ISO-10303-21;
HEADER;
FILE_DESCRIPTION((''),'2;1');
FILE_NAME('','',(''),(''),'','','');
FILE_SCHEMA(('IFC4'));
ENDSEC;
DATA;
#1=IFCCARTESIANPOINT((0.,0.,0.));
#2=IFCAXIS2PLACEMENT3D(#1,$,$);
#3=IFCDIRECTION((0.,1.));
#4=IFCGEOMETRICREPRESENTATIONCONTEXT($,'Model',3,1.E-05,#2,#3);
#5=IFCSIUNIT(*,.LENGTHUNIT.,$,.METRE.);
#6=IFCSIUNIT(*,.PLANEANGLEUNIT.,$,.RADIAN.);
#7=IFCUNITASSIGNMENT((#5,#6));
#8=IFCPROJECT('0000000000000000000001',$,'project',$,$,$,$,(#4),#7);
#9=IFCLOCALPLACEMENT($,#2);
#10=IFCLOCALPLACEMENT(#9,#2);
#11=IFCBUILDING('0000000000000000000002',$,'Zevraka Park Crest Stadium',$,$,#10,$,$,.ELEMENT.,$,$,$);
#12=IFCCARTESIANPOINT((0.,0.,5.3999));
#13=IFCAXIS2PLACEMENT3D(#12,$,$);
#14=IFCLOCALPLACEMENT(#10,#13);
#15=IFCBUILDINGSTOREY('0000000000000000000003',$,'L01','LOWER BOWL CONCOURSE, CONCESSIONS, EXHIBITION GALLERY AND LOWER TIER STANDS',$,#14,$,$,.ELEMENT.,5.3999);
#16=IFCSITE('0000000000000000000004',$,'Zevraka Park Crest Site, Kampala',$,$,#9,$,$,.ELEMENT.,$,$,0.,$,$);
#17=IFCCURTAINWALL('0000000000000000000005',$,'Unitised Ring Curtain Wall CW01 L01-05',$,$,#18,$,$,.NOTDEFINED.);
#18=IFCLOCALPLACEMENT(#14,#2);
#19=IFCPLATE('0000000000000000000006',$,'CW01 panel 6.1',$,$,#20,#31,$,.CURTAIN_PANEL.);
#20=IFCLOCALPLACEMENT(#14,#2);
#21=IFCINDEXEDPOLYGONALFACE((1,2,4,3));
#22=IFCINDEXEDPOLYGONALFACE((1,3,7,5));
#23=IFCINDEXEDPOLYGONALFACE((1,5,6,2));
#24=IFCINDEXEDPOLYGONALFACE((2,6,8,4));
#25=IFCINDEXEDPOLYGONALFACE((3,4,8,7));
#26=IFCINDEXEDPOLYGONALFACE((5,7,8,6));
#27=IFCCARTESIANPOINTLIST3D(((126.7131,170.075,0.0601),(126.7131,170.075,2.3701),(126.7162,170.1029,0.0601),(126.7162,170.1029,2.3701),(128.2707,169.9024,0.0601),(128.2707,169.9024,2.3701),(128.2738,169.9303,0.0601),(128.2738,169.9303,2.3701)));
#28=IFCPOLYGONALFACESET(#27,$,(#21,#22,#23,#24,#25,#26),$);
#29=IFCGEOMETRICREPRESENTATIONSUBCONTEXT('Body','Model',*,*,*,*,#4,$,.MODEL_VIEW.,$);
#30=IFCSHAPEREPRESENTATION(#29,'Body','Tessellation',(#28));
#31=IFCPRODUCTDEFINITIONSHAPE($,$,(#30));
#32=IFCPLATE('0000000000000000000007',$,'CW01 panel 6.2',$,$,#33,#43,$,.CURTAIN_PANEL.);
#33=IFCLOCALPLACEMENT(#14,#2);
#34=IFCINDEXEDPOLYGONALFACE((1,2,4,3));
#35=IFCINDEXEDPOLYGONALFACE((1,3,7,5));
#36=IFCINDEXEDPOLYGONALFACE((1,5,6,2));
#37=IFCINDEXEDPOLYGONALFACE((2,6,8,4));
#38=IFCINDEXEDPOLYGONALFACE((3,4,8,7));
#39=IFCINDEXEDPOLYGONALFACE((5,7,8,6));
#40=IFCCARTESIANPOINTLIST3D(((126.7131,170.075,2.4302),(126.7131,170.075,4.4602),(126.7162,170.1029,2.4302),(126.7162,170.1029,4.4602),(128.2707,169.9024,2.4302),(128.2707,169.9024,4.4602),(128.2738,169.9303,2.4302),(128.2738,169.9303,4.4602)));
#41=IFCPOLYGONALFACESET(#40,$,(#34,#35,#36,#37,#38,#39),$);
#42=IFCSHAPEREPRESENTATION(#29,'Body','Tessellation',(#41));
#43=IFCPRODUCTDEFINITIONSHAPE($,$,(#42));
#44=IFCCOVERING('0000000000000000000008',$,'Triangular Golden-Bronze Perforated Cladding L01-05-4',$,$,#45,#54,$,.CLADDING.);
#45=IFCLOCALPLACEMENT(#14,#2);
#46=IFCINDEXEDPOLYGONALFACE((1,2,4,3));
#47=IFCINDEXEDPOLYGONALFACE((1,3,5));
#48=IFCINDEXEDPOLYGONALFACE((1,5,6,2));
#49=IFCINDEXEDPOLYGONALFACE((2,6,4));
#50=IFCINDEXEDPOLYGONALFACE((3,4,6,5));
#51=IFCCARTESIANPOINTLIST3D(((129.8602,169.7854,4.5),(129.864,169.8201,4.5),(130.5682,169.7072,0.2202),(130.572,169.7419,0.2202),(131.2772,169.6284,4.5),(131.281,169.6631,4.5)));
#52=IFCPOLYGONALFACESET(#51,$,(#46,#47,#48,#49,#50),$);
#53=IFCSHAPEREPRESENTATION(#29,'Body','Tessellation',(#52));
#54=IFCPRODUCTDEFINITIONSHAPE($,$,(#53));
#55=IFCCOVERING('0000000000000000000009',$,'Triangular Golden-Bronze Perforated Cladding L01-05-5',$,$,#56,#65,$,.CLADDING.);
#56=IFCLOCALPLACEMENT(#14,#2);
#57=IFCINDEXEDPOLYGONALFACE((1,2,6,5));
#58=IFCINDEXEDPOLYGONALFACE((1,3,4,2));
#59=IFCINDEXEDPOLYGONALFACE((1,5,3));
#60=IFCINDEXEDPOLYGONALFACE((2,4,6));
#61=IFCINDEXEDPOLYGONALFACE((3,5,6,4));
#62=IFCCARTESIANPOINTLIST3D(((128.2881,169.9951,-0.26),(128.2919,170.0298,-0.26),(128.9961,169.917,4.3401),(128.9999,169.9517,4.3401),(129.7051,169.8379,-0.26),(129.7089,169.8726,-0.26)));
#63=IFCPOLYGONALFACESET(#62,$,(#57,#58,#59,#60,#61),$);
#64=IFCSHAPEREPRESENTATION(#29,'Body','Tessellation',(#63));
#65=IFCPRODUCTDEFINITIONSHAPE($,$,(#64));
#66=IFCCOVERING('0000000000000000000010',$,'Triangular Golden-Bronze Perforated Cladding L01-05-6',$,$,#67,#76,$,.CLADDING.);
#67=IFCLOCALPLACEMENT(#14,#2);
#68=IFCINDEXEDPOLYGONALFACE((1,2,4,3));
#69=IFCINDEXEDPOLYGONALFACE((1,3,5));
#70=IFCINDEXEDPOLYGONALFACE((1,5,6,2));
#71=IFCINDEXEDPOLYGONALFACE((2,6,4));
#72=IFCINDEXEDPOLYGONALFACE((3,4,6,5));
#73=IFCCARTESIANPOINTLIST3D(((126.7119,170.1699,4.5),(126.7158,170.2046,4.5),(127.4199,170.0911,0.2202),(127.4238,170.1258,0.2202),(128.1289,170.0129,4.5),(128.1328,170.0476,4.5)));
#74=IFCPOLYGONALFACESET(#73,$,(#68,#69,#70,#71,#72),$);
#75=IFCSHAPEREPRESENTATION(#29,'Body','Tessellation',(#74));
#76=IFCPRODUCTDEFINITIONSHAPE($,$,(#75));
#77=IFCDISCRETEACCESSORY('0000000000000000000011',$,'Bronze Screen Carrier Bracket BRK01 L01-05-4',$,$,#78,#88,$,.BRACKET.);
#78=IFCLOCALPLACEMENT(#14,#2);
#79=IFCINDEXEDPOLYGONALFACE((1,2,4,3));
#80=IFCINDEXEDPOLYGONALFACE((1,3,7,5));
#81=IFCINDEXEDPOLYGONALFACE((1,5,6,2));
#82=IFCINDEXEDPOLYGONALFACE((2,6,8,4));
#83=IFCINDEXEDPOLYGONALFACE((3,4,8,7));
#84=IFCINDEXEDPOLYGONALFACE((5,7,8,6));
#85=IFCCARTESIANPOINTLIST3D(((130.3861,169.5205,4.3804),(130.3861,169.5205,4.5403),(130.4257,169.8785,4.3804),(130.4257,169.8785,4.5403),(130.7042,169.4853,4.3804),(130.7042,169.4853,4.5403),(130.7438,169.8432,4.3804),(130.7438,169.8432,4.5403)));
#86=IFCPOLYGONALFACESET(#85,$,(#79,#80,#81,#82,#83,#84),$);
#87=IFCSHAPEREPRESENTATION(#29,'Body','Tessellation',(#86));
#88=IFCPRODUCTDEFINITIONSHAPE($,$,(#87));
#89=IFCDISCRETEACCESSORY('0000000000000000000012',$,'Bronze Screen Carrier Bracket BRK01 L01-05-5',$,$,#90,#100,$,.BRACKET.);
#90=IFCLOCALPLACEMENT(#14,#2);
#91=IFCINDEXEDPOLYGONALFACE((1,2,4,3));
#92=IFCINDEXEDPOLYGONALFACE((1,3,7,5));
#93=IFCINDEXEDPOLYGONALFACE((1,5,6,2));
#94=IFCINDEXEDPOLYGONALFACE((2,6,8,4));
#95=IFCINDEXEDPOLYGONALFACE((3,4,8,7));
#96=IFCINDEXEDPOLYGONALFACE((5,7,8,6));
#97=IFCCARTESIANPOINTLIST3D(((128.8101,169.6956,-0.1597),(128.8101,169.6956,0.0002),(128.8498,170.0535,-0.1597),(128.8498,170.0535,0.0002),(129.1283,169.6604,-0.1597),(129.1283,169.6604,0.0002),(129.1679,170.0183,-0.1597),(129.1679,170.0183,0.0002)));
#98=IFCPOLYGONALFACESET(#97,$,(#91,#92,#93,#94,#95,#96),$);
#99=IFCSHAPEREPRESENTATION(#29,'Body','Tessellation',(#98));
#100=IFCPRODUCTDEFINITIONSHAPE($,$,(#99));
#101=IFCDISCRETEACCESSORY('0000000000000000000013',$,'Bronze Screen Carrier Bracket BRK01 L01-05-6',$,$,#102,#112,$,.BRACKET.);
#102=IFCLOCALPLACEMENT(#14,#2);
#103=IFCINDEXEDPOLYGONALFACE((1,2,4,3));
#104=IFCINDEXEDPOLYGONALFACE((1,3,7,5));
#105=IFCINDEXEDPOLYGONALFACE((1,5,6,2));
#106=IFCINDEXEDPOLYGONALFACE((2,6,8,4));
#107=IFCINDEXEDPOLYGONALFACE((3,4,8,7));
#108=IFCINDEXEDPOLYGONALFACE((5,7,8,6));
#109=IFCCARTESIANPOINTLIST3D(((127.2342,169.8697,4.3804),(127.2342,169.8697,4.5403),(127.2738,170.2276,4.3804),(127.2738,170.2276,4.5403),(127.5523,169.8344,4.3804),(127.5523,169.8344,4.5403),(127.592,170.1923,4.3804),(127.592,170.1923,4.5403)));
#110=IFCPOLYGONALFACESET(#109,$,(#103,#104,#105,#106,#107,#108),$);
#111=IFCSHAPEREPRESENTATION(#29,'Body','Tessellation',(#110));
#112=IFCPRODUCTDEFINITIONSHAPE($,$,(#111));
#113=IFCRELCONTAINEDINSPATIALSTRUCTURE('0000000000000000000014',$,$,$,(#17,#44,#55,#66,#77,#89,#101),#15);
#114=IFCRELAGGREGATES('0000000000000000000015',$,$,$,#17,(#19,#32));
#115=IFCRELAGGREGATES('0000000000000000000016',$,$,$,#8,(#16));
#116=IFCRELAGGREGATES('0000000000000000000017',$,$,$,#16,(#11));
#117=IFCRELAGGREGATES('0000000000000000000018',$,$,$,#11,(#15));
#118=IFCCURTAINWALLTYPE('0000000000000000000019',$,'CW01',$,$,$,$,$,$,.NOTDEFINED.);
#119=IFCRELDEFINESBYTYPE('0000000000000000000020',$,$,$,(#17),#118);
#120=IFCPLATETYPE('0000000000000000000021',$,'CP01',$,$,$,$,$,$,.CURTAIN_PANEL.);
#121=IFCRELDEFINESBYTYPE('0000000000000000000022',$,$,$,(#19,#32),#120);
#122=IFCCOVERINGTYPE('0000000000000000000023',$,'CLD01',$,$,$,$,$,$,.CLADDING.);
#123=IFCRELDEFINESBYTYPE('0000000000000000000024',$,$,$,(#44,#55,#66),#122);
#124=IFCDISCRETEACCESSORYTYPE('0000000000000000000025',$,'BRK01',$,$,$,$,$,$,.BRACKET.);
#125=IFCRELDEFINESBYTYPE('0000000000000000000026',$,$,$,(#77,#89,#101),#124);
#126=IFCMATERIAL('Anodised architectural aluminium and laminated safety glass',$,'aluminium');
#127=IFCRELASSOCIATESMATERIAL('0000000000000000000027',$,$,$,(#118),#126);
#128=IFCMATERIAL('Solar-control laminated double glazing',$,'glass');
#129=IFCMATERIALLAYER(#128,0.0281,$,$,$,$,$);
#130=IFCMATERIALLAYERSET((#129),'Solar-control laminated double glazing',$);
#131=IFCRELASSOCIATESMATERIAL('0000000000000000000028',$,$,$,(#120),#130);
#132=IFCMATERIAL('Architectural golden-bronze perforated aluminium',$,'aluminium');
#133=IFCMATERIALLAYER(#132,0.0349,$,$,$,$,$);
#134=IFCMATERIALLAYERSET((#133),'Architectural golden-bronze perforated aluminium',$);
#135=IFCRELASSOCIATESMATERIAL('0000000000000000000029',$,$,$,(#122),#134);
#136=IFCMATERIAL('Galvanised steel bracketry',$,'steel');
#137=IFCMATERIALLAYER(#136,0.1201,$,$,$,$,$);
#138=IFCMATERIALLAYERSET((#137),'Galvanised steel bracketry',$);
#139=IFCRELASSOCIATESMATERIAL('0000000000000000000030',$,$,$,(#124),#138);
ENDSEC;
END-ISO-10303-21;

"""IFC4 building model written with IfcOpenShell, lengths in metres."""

from ifc_helpers import new_model, si_unit, direction, frame, origin, origin_2d, place, context, subcontext, project, spatial, polyline, rectangle, outline, extrude, material, layer, layer_set, type_object, element, aggregate, save


model = new_model("IFC4")

# Units and contexts
model_context = context("Model", 3, precision=1e-05, world=origin(), true_north=direction((0.0, 1.0)))
body_context = subcontext(model_context, "Body", "Model", "MODEL_VIEW")
ifc_project = project(units=[si_unit("LENGTHUNIT", "METRE"), si_unit("PLANEANGLEUNIT", "RADIAN")], contexts=[model_context])

# Site, building, storey
site_placement = place(None, origin())
site = spatial("IfcSite", under=ifc_project, at=site_placement, Name="Zevraka Park Crest Site, Kampala", CompositionType="ELEMENT", RefElevation=0.0)
building_placement = place(site_placement, origin())
building = spatial("IfcBuilding", under=site, at=building_placement, Name="Zevraka Park Crest Stadium", CompositionType="ELEMENT")
storey_placement = place(building_placement, frame((0.0, 0.0, 5.3999)))
storey = spatial("IfcBuildingStorey", under=building, at=storey_placement, Name="L01", Description="LOWER BOWL CONCOURSE, CONCESSIONS, EXHIBITION GALLERY AND LOWER TIER STANDS", CompositionType="ELEMENT", Elevation=5.3999)

# Curtain wall, plates
ifc_material_1 = material(Name="Anodised architectural aluminium and laminated safety glass", Category="aluminium")
curtain_wall_type = type_object("IfcCurtainWallType", Name="CW01", PredefinedType="NOTDEFINED", material=ifc_material_1)
curtain_wall_placement = place(storey_placement, origin())
curtain_wall = element("IfcCurtainWall", 1, at=curtain_wall_placement, inside=storey, type_object=curtain_wall_type, Name="Unitised Ring Curtain Wall CW01 L01-05", PredefinedType="NOTDEFINED")
ifc_material_2 = material(Name="Solar-control laminated double glazing", Category="glass")
ifc_layer_1 = layer(ifc_material_2, 0.0281)
ifc_layer_set_1 = layer_set([ifc_layer_1], Name="Solar-control laminated double glazing")
plate_type = type_object("IfcPlateType", Name="CP01", PredefinedType="CURTAIN_PANEL", material=ifc_layer_set_1)
plate_1_placement = place(storey_placement, frame((127.4934, 170.0027, 0.0601), z_axis=(0.0, 0.0, 1.0), x_axis=(-0.993917, 0.110135, 0.0)))
plate_1 = element("IfcPlate", 2, at=plate_1_placement, type_object=plate_type, Name="CW01 panel 6.1", PredefinedType="CURTAIN_PANEL", context=body_context, shape_type="SweptSolid", body=[
    extrude(rectangle(XDim=1.5671, YDim=0.0281, at=origin_2d()), origin(), (0.0, 0.0, 1.0), 2.3101),
])
plate_2_placement = place(storey_placement, frame((127.4934, 170.0027, 2.4302), z_axis=(0.0, 0.0, 1.0), x_axis=(-0.993917, 0.110135, 0.0)))
plate_2 = element("IfcPlate", 3, at=plate_2_placement, type_object=plate_type, Name="CW01 panel 6.2", PredefinedType="CURTAIN_PANEL", context=body_context, shape_type="SweptSolid", body=[
    extrude(rectangle(XDim=1.5671, YDim=0.0281, at=origin_2d()), origin(), (0.0, 0.0, 1.0), 2.03),
])
aggregate(curtain_wall, [plate_1, plate_2])

# Coverings
ifc_material_3 = material(Name="Architectural golden-bronze perforated aluminium", Category="aluminium")
ifc_layer_2 = layer(ifc_material_3, 0.0349)
ifc_layer_set_2 = layer_set([ifc_layer_2], Name="Architectural golden-bronze perforated aluminium")
covering_type = type_object("IfcCoveringType", Name="CLD01", PredefinedType="CLADDING", material=ifc_layer_set_2)
covering_1_placement = place(storey_placement, frame((129.864, 169.8201, 4.5), z_axis=(0.110112, 0.993919, 0.000072), x_axis=(0.993919, -0.110112, 0.0)))
element("IfcCovering", 4, at=covering_1_placement, inside=storey, type_object=covering_type, Name="Triangular Golden-Bronze Perforated Cladding L01-05-4", PredefinedType="CLADDING", context=body_context, shape_type="SweptSolid", body=[
    extrude(outline(polyline([(0.0, 0.0), (1.4257, 0.0), (0.7123, 4.2798), (0.0, 0.0)])), origin(), (0.0, 0.0, -1.0), 0.0349),
])
covering_2_placement = place(storey_placement, frame((129.7051, 169.8379, -0.26), z_axis=(-0.110281, -0.9939, 0.000094), x_axis=(-0.9939, 0.110281, 0.0)))
element("IfcCovering", 5, at=covering_2_placement, inside=storey, type_object=covering_type, Name="Triangular Golden-Bronze Perforated Cladding L01-05-5", PredefinedType="CLADDING", context=body_context, shape_type="SweptSolid", body=[
    extrude(outline(polyline([(0.0, 0.0), (1.4257, 0.0), (0.7134, -4.6001), (0.0, 0.0)])), origin(), (0.0, 0.0, -1.0), 0.0349),
])
covering_3_placement = place(storey_placement, frame((126.7119, 170.1699, 4.5), z_axis=(-0.110112, -0.993919, 0.000098), x_axis=(0.993919, -0.110112, 0.0)))
element("IfcCovering", 6, at=covering_3_placement, inside=storey, type_object=covering_type, Name="Triangular Golden-Bronze Perforated Cladding L01-05-6", PredefinedType="CLADDING", context=body_context, shape_type="SweptSolid", body=[
    extrude(outline(polyline([(0.0, 0.0), (1.4257, 0.0), (0.7124, -4.2798), (0.0, 0.0)])), origin(), (0.0, 0.0, -1.0), 0.0349),
])

# Discrete accessories
ifc_material_4 = material(Name="Galvanised steel bracketry", Category="steel")
ifc_layer_3 = layer(ifc_material_4, 0.1201)
ifc_layer_set_3 = layer_set([ifc_layer_3], Name="Galvanised steel bracketry")
discrete_accessory_type = type_object("IfcDiscreteAccessoryType", Name="BRK01", PredefinedType="BRACKET", material=ifc_layer_set_3)
for number, where, z_axis, x_axis, name in (
    (7, (130.5649, 169.6819, 4.3804), (0.0, 0.0, 1.0), (-0.993923, 0.110081, 0.0), "Bronze Screen Carrier Bracket BRK01 L01-05-4"),
    (8, (128.989, 169.8569, -0.1597), (0.0, 0.0, 1.0), (-0.993923, 0.110081, 0.0), "Bronze Screen Carrier Bracket BRK01 L01-05-5"),
    (9, (127.4131, 170.031, 4.3804), (0.0, 0.0, 1.0), (-0.993923, 0.110081, 0.0), "Bronze Screen Carrier Bracket BRK01 L01-05-6"),
):
    element("IfcDiscreteAccessory", number, at=place(storey_placement, frame(where, z_axis=z_axis, x_axis=x_axis)), inside=storey, type_object=discrete_accessory_type, Name=name, PredefinedType="BRACKET", context=body_context, shape_type="SweptSolid", body=[
        extrude(rectangle(XDim=0.3201, YDim=0.3601, at=origin_2d()), origin(), (0.0, 0.0, 1.0), 0.1599),
    ])

save(model, "model.ifc")
